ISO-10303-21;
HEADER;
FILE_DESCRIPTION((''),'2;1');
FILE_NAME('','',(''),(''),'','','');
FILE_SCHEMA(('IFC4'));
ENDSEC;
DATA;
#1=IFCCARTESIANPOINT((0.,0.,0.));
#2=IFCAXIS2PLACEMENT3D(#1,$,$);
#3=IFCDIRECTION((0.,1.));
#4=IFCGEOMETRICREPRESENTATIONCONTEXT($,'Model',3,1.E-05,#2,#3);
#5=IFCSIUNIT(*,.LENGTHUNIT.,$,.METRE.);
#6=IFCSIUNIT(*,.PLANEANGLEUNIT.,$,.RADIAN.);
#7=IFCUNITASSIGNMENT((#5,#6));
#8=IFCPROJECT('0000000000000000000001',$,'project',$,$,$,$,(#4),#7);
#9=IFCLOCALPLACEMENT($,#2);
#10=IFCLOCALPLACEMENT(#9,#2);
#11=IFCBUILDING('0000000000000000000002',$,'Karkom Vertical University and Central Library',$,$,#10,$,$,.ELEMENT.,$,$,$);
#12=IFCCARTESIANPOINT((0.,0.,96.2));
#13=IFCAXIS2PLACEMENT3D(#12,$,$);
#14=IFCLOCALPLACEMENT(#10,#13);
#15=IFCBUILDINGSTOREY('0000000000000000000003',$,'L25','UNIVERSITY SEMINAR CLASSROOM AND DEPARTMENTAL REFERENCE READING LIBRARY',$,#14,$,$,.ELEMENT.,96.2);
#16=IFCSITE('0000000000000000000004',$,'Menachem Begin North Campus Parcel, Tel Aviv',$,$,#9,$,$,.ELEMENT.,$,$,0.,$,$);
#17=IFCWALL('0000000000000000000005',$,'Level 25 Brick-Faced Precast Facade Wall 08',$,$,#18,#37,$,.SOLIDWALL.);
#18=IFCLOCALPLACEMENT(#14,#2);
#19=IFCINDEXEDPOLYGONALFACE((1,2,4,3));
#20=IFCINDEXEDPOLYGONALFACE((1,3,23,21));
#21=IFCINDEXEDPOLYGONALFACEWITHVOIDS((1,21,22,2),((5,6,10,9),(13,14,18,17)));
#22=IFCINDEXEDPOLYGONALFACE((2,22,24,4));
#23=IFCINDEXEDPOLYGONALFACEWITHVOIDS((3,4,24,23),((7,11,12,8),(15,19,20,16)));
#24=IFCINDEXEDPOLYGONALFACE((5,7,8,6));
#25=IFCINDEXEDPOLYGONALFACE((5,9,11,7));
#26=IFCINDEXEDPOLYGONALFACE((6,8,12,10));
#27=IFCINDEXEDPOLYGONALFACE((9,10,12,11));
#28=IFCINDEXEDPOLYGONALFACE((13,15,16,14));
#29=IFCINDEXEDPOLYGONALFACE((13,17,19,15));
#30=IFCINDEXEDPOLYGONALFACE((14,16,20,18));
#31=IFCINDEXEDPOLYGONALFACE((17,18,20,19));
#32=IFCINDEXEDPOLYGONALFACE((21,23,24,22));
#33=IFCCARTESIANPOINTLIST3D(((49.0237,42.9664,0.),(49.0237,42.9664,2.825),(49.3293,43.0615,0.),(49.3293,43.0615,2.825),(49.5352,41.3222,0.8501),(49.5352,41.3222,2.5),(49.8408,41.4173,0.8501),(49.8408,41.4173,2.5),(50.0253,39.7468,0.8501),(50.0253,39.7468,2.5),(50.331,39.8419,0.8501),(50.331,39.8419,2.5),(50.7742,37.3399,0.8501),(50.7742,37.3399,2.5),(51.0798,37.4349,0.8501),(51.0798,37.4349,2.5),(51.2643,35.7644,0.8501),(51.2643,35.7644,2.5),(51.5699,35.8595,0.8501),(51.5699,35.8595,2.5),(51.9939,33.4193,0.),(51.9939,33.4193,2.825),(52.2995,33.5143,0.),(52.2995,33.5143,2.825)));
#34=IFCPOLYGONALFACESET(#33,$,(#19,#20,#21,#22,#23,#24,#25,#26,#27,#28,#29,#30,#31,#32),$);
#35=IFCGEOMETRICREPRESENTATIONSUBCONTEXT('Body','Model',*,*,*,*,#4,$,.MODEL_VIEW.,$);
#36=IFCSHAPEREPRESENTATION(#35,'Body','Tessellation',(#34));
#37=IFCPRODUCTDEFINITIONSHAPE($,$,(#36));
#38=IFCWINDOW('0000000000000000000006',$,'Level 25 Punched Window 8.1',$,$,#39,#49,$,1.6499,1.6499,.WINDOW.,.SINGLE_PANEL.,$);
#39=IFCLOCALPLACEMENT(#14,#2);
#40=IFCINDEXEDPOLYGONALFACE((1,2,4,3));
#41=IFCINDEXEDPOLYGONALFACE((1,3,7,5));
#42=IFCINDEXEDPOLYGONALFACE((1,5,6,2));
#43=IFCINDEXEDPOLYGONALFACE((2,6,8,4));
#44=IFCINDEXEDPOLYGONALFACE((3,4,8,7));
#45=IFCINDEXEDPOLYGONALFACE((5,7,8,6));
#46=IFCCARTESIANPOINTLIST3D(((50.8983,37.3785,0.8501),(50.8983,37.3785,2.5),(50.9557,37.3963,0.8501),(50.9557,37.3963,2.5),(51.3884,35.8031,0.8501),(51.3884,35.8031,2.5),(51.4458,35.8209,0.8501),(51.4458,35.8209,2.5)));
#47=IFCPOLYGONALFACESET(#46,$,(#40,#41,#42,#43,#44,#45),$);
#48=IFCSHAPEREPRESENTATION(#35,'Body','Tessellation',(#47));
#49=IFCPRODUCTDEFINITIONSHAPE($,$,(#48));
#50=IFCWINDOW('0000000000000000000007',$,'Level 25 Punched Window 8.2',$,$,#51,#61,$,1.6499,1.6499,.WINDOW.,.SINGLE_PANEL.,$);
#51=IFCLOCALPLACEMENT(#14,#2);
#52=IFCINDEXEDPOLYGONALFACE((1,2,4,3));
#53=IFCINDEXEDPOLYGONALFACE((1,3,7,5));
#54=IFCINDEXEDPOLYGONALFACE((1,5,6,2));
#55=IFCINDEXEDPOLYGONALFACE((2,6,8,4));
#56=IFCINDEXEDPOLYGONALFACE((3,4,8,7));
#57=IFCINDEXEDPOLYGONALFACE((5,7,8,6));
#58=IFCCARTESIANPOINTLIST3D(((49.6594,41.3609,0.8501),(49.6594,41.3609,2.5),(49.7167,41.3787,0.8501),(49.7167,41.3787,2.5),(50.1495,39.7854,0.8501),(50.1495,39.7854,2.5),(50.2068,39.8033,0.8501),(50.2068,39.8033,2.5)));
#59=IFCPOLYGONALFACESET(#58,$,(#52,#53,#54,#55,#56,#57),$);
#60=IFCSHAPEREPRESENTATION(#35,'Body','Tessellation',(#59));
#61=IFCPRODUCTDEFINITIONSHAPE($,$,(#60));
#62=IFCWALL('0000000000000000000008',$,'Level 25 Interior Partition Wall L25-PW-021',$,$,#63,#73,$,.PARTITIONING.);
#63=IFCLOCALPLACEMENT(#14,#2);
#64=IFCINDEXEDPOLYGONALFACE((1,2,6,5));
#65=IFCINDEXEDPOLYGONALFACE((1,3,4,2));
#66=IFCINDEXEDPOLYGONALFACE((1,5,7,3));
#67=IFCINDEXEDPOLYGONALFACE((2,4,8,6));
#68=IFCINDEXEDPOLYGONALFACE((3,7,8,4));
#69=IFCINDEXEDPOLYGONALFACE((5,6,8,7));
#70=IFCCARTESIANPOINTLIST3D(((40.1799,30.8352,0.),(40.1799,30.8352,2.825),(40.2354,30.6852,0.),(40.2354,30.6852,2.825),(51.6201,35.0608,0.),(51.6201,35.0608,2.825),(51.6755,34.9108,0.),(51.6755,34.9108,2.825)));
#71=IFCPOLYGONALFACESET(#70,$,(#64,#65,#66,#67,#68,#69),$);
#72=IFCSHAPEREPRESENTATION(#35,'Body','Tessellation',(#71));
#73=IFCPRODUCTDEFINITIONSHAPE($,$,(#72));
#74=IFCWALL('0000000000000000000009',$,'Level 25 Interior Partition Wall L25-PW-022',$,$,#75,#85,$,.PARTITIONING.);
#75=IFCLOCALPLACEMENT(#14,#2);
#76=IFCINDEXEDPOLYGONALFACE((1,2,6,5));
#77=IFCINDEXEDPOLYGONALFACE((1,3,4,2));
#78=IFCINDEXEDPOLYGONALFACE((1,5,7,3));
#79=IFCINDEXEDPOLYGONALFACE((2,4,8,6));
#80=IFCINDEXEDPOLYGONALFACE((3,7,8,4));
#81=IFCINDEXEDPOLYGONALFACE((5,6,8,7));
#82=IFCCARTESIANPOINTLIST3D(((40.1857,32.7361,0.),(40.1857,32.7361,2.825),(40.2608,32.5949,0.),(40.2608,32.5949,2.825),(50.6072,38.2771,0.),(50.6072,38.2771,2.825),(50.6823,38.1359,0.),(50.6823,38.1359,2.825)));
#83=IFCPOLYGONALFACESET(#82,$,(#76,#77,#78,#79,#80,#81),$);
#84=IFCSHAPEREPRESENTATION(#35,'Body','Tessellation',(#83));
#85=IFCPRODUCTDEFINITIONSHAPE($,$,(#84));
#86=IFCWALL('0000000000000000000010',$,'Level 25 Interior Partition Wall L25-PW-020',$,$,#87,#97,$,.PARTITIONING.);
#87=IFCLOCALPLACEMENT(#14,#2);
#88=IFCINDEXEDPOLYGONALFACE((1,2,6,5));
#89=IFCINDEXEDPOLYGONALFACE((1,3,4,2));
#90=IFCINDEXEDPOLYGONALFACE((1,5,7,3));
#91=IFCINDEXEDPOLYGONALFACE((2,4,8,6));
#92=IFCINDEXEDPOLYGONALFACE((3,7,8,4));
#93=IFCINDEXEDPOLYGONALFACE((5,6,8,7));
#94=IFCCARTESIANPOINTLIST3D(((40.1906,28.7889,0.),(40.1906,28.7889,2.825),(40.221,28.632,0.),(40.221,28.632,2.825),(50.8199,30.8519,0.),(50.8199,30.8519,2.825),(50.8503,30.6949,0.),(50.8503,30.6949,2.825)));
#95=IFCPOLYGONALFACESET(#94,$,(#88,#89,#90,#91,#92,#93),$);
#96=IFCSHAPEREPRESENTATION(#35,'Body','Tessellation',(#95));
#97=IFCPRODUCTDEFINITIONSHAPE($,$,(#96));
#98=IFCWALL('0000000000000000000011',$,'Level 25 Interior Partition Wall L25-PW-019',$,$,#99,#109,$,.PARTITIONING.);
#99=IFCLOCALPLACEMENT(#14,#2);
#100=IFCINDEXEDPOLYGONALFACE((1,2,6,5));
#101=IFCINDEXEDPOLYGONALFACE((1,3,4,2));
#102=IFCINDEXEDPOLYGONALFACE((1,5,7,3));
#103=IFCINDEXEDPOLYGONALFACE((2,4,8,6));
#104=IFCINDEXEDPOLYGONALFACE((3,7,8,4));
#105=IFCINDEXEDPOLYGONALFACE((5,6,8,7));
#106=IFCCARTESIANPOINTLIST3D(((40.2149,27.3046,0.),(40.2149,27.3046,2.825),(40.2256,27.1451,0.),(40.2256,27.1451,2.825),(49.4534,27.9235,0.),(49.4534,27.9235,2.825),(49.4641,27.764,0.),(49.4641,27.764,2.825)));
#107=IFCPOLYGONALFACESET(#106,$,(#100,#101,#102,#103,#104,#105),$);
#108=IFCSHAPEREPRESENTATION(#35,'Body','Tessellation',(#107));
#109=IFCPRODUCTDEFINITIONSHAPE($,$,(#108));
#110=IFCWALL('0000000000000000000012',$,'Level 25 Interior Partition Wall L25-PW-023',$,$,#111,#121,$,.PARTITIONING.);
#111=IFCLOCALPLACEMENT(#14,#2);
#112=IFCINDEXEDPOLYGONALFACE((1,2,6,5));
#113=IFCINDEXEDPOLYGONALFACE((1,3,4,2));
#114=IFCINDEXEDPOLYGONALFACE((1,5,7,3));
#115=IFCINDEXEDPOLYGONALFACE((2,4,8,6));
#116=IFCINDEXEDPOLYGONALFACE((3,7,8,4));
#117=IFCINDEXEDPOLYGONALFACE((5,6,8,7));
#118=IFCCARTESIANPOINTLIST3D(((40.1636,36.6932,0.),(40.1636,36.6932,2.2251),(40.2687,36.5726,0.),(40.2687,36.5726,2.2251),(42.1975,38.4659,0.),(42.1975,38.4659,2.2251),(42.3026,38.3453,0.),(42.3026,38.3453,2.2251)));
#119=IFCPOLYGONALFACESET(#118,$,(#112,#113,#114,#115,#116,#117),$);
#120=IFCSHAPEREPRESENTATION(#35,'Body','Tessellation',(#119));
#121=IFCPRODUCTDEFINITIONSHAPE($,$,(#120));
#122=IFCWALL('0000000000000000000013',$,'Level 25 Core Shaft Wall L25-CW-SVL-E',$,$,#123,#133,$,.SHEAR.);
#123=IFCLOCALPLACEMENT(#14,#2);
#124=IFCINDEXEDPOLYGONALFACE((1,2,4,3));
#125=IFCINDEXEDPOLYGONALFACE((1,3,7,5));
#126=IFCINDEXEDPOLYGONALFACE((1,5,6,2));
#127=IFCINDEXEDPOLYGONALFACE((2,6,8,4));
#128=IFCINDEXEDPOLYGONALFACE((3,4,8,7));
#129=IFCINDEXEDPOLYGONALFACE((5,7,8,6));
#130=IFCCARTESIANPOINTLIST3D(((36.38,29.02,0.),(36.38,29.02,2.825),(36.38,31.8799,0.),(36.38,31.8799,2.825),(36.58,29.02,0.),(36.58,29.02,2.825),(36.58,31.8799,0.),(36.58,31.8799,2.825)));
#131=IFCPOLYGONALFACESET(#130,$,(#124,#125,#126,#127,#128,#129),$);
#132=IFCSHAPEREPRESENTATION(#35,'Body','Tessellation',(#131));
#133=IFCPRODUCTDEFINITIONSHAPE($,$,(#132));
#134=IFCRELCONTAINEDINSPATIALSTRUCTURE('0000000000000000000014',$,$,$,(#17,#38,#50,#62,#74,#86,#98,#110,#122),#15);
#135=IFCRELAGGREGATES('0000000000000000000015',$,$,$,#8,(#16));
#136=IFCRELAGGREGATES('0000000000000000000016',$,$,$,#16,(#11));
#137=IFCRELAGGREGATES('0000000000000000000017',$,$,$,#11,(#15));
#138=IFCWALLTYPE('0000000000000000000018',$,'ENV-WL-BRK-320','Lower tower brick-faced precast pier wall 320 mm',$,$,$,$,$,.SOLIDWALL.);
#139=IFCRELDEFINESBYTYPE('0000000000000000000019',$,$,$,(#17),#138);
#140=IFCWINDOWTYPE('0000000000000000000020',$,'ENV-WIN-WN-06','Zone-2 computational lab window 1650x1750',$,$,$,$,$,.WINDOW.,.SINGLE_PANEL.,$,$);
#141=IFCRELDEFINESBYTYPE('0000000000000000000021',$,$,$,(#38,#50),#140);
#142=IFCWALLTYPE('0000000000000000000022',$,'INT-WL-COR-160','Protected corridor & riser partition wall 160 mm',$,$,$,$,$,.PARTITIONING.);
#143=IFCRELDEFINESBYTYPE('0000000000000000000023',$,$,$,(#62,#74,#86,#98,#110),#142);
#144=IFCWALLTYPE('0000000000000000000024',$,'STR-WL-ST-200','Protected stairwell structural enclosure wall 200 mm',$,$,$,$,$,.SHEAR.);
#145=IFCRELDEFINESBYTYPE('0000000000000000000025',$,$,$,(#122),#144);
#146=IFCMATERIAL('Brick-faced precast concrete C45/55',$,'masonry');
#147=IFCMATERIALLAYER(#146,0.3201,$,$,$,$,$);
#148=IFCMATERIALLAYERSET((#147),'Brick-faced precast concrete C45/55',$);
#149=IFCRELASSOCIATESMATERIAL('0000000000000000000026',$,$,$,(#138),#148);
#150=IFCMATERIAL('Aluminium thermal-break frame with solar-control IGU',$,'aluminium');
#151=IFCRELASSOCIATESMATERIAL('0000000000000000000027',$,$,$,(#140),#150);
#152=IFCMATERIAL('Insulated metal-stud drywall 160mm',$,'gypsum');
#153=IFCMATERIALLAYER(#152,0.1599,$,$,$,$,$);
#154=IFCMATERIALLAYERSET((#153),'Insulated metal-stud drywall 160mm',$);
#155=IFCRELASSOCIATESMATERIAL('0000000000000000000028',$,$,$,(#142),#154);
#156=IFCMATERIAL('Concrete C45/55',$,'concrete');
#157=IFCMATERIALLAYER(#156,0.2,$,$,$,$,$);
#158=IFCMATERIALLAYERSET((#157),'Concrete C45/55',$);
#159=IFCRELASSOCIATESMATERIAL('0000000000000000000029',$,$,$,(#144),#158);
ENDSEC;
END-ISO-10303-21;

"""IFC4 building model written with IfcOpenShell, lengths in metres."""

from ifc_helpers import new_model, si_unit, direction, frame, frame_2d, origin, origin_with_axes, place, context, subcontext, project, spatial, rectangle, extrude, source, transform, mapped, material, layer, layer_set, type_object, element, fill, save


model = new_model("IFC4")

# Units and contexts
model_context = context("Model", 3, precision=1e-05, world=origin(), true_north=direction((0.0, 1.0)))
body_context = subcontext(model_context, "Body", "Model", "MODEL_VIEW")
ifc_project = project(units=[si_unit("LENGTHUNIT", "METRE"), si_unit("PLANEANGLEUNIT", "RADIAN")], contexts=[model_context])

# Site, building, storey
site_placement = place(None, origin())
site = spatial("IfcSite", under=ifc_project, at=site_placement, Name="Menachem Begin North Campus Parcel, Tel Aviv", CompositionType="ELEMENT", RefElevation=0.0)
building_placement = place(site_placement, origin())
building = spatial("IfcBuilding", under=site, at=building_placement, Name="Karkom Vertical University and Central Library", CompositionType="ELEMENT")
storey_placement = place(building_placement, frame((0.0, 0.0, 96.2)))
storey = spatial("IfcBuildingStorey", under=building, at=storey_placement, Name="L25", Description="UNIVERSITY SEMINAR CLASSROOM AND DEPARTMENTAL REFERENCE READING LIBRARY", CompositionType="ELEMENT", Elevation=96.2)

# Wall, openings, windows
ifc_material_1 = material(Name="Brick-faced precast concrete C45/55", Category="masonry")
ifc_layer_1 = layer(ifc_material_1, 0.3201)
ifc_layer_set_1 = layer_set([ifc_layer_1], Name="Brick-faced precast concrete C45/55")
wall_type_1 = type_object("IfcWallType", Name="ENV-WL-BRK-320", Description="Lower tower brick-faced precast pier wall 320 mm", PredefinedType="SOLIDWALL", material=ifc_layer_set_1)
wall_1_placement = place(storey_placement, frame((52.1467, 33.4668, 0.0), z_axis=(0.0, 0.0, 1.0), x_axis=(-0.297067, 0.954857, 0.0)))
wall_1 = element("IfcWall", 1, at=wall_1_placement, inside=storey, type_object=wall_type_1, Name="Level 25 Brick-Faced Precast Facade Wall 08", PredefinedType="SOLIDWALL", context=body_context, shape_type="SweptSolid", body=[
    extrude(rectangle(XDim=9.9985, YDim=0.3201, at=frame_2d((4.9993, 0.0))), origin(), (0.0, 0.0, 1.0), 2.825),
])
opening_1_placement = place(wall_1_placement, frame((2.4561, 0.0, 0.8501)))
opening_1 = element("IfcOpeningElement", 2, at=opening_1_placement, cuts=wall_1, PredefinedType="OPENING", context=body_context, shape_type="SweptSolid", body=[
    extrude(rectangle(XDim=1.6499, YDim=1.6499, at=frame_2d((0.825, 0.825))), frame((0.0, 0.1699, 0.0), z_axis=(0.0, -1.0, 0.0), x_axis=(1.0, 0.0, 0.0)), (0.0, 0.0, 1.0), 0.3401),
])
opening_2_placement = place(wall_1_placement, frame((6.6267, 0.0, 0.8501)))
opening_2 = element("IfcOpeningElement", 3, at=opening_2_placement, cuts=wall_1, PredefinedType="OPENING", context=body_context, shape_type="SweptSolid", body=[
    extrude(rectangle(XDim=1.6499, YDim=1.6499, at=frame_2d((0.825, 0.825))), frame((0.0, 0.1699, 0.0), z_axis=(0.0, -1.0, 0.0), x_axis=(1.0, 0.0, 0.0)), (0.0, 0.0, 1.0), 0.3401),
])
ifc_material_2 = material(Name="Aluminium thermal-break frame with solar-control IGU", Category="aluminium")
window_type = type_object("IfcWindowType", Name="ENV-WIN-WN-06", Description="Zone-2 computational lab window 1650x1750", PartitioningType="SINGLE_PANEL", PredefinedType="WINDOW", material=ifc_material_2)
shared_shape_1 = source(origin_with_axes(), body_context, "Body", "SweptSolid", [
    extrude(rectangle(XDim=1.6499, YDim=1.6499, at=frame_2d((0.825, 0.825))), frame((0.0, 0.03, 0.0), z_axis=(0.0, -1.0, 0.0), x_axis=(1.0, 0.0, 0.0)), (0.0, 0.0, 1.0), 0.0601),
])
window_1_placement = place(opening_1_placement, origin())
window_1 = element("IfcWindow", 4, at=window_1_placement, inside=storey, type_object=window_type, Name="Level 25 Punched Window 8.1", OverallHeight=1.6499, OverallWidth=1.6499, PartitioningType="SINGLE_PANEL", PredefinedType="WINDOW", context=body_context, shape_type="MappedRepresentation", body=[
    mapped(shared_shape_1, transform((0.0, 0.0, 0.0), scale=1.0)),
])
fill(opening_1, window_1)
window_2_placement = place(opening_2_placement, origin())
window_2 = element("IfcWindow", 5, at=window_2_placement, inside=storey, type_object=window_type, Name="Level 25 Punched Window 8.2", OverallHeight=1.6499, OverallWidth=1.6499, PartitioningType="SINGLE_PANEL", PredefinedType="WINDOW", context=body_context, shape_type="MappedRepresentation", body=[
    mapped(shared_shape_1, transform((0.0, 0.0, 0.0), scale=1.0)),
])
fill(opening_2, window_2)

# Walls
ifc_material_3 = material(Name="Insulated metal-stud drywall 160mm", Category="gypsum")
ifc_layer_2 = layer(ifc_material_3, 0.1599)
ifc_layer_set_2 = layer_set([ifc_layer_2], Name="Insulated metal-stud drywall 160mm")
wall_type_2 = type_object("IfcWallType", Name="INT-WL-COR-160", Description="Protected corridor & riser partition wall 160 mm", PredefinedType="PARTITIONING", material=ifc_layer_set_2)
wall_2_placement = place(storey_placement, frame((40.2078, 30.7603, 0.0), z_axis=(0.0, 0.0, 1.0), x_axis=(0.938056, 0.346484, 0.0)))
element("IfcWall", 6, at=wall_2_placement, inside=storey, type_object=wall_type_2, Name="Level 25 Interior Partition Wall L25-PW-021", PredefinedType="PARTITIONING", context=body_context, shape_type="SweptSolid", body=[
    extrude(rectangle(XDim=12.1956, YDim=0.1599, at=frame_2d((6.0977, 0.0))), origin(), (0.0, 0.0, 1.0), 2.825),
])
wall_3_placement = place(storey_placement, frame((40.2234, 32.6655, 0.0), z_axis=(0.0, 0.0, 1.0), x_axis=(0.882952, 0.469463, 0.0)))
element("IfcWall", 7, at=wall_3_placement, inside=storey, type_object=wall_type_2, Name="Level 25 Interior Partition Wall L25-PW-022", PredefinedType="PARTITIONING", context=body_context, shape_type="SweptSolid", body=[
    extrude(rectangle(XDim=11.803, YDim=0.1599, at=frame_2d((5.9014, 0.0))), origin(), (0.0, 0.0, 1.0), 2.825),
])
wall_4_placement = place(storey_placement, frame((40.2058, 28.7104, 0.0), z_axis=(0.0, 0.0, 1.0), x_axis=(0.981682, 0.190528, 0.0)))
element("IfcWall", 8, at=wall_4_placement, inside=storey, type_object=wall_type_2, Name="Level 25 Interior Partition Wall L25-PW-020", PredefinedType="PARTITIONING", context=body_context, shape_type="SweptSolid", body=[
    extrude(rectangle(XDim=10.8276, YDim=0.1599, at=frame_2d((5.4138, 0.0))), origin(), (0.0, 0.0, 1.0), 2.825),
])
wall_5_placement = place(storey_placement, frame((40.2202, 27.2249, 0.0), z_axis=(0.0, 0.0, 1.0), x_axis=(0.997764, 0.066841, 0.0)))
element("IfcWall", 9, at=wall_5_placement, inside=storey, type_object=wall_type_2, Name="Level 25 Interior Partition Wall L25-PW-019", PredefinedType="PARTITIONING", context=body_context, shape_type="SweptSolid", body=[
    extrude(rectangle(XDim=9.2593, YDim=0.1599, at=frame_2d((4.6296, 0.0))), origin(), (0.0, 0.0, 1.0), 2.825),
])
wall_6_placement = place(storey_placement, frame((40.2161, 36.6328, 0.0), z_axis=(0.0, 0.0, 1.0), x_axis=(0.753859, 0.657036, 0.0)))
element("IfcWall", 10, at=wall_6_placement, inside=storey, type_object=wall_type_2, Name="Level 25 Interior Partition Wall L25-PW-023", PredefinedType="PARTITIONING", context=body_context, shape_type="SweptSolid", body=[
    extrude(rectangle(XDim=2.698, YDim=0.1599, at=frame_2d((1.3491, 0.0))), origin(), (0.0, 0.0, 1.0), 2.2251),
])

# Wall
ifc_material_4 = material(Name="Concrete C45/55", Category="concrete")
ifc_layer_3 = layer(ifc_material_4, 0.2)
ifc_layer_set_3 = layer_set([ifc_layer_3], Name="Concrete C45/55")
wall_type_3 = type_object("IfcWallType", Name="STR-WL-ST-200", Description="Protected stairwell structural enclosure wall 200 mm", PredefinedType="SHEAR", material=ifc_layer_set_3)
wall_7_placement = place(storey_placement, frame((36.48, 29.02, 0.0), z_axis=(0.0, 0.0, 1.0), x_axis=(0.0, 1.0, 0.0)))
element("IfcWall", 11, at=wall_7_placement, inside=storey, type_object=wall_type_3, Name="Level 25 Core Shaft Wall L25-CW-SVL-E", PredefinedType="SHEAR", context=body_context, shape_type="SweptSolid", body=[
    extrude(rectangle(XDim=2.8599, YDim=0.2, at=frame_2d((1.4299, 0.0))), origin(), (0.0, 0.0, 1.0), 2.825),
])

save(model, "model.ifc")
